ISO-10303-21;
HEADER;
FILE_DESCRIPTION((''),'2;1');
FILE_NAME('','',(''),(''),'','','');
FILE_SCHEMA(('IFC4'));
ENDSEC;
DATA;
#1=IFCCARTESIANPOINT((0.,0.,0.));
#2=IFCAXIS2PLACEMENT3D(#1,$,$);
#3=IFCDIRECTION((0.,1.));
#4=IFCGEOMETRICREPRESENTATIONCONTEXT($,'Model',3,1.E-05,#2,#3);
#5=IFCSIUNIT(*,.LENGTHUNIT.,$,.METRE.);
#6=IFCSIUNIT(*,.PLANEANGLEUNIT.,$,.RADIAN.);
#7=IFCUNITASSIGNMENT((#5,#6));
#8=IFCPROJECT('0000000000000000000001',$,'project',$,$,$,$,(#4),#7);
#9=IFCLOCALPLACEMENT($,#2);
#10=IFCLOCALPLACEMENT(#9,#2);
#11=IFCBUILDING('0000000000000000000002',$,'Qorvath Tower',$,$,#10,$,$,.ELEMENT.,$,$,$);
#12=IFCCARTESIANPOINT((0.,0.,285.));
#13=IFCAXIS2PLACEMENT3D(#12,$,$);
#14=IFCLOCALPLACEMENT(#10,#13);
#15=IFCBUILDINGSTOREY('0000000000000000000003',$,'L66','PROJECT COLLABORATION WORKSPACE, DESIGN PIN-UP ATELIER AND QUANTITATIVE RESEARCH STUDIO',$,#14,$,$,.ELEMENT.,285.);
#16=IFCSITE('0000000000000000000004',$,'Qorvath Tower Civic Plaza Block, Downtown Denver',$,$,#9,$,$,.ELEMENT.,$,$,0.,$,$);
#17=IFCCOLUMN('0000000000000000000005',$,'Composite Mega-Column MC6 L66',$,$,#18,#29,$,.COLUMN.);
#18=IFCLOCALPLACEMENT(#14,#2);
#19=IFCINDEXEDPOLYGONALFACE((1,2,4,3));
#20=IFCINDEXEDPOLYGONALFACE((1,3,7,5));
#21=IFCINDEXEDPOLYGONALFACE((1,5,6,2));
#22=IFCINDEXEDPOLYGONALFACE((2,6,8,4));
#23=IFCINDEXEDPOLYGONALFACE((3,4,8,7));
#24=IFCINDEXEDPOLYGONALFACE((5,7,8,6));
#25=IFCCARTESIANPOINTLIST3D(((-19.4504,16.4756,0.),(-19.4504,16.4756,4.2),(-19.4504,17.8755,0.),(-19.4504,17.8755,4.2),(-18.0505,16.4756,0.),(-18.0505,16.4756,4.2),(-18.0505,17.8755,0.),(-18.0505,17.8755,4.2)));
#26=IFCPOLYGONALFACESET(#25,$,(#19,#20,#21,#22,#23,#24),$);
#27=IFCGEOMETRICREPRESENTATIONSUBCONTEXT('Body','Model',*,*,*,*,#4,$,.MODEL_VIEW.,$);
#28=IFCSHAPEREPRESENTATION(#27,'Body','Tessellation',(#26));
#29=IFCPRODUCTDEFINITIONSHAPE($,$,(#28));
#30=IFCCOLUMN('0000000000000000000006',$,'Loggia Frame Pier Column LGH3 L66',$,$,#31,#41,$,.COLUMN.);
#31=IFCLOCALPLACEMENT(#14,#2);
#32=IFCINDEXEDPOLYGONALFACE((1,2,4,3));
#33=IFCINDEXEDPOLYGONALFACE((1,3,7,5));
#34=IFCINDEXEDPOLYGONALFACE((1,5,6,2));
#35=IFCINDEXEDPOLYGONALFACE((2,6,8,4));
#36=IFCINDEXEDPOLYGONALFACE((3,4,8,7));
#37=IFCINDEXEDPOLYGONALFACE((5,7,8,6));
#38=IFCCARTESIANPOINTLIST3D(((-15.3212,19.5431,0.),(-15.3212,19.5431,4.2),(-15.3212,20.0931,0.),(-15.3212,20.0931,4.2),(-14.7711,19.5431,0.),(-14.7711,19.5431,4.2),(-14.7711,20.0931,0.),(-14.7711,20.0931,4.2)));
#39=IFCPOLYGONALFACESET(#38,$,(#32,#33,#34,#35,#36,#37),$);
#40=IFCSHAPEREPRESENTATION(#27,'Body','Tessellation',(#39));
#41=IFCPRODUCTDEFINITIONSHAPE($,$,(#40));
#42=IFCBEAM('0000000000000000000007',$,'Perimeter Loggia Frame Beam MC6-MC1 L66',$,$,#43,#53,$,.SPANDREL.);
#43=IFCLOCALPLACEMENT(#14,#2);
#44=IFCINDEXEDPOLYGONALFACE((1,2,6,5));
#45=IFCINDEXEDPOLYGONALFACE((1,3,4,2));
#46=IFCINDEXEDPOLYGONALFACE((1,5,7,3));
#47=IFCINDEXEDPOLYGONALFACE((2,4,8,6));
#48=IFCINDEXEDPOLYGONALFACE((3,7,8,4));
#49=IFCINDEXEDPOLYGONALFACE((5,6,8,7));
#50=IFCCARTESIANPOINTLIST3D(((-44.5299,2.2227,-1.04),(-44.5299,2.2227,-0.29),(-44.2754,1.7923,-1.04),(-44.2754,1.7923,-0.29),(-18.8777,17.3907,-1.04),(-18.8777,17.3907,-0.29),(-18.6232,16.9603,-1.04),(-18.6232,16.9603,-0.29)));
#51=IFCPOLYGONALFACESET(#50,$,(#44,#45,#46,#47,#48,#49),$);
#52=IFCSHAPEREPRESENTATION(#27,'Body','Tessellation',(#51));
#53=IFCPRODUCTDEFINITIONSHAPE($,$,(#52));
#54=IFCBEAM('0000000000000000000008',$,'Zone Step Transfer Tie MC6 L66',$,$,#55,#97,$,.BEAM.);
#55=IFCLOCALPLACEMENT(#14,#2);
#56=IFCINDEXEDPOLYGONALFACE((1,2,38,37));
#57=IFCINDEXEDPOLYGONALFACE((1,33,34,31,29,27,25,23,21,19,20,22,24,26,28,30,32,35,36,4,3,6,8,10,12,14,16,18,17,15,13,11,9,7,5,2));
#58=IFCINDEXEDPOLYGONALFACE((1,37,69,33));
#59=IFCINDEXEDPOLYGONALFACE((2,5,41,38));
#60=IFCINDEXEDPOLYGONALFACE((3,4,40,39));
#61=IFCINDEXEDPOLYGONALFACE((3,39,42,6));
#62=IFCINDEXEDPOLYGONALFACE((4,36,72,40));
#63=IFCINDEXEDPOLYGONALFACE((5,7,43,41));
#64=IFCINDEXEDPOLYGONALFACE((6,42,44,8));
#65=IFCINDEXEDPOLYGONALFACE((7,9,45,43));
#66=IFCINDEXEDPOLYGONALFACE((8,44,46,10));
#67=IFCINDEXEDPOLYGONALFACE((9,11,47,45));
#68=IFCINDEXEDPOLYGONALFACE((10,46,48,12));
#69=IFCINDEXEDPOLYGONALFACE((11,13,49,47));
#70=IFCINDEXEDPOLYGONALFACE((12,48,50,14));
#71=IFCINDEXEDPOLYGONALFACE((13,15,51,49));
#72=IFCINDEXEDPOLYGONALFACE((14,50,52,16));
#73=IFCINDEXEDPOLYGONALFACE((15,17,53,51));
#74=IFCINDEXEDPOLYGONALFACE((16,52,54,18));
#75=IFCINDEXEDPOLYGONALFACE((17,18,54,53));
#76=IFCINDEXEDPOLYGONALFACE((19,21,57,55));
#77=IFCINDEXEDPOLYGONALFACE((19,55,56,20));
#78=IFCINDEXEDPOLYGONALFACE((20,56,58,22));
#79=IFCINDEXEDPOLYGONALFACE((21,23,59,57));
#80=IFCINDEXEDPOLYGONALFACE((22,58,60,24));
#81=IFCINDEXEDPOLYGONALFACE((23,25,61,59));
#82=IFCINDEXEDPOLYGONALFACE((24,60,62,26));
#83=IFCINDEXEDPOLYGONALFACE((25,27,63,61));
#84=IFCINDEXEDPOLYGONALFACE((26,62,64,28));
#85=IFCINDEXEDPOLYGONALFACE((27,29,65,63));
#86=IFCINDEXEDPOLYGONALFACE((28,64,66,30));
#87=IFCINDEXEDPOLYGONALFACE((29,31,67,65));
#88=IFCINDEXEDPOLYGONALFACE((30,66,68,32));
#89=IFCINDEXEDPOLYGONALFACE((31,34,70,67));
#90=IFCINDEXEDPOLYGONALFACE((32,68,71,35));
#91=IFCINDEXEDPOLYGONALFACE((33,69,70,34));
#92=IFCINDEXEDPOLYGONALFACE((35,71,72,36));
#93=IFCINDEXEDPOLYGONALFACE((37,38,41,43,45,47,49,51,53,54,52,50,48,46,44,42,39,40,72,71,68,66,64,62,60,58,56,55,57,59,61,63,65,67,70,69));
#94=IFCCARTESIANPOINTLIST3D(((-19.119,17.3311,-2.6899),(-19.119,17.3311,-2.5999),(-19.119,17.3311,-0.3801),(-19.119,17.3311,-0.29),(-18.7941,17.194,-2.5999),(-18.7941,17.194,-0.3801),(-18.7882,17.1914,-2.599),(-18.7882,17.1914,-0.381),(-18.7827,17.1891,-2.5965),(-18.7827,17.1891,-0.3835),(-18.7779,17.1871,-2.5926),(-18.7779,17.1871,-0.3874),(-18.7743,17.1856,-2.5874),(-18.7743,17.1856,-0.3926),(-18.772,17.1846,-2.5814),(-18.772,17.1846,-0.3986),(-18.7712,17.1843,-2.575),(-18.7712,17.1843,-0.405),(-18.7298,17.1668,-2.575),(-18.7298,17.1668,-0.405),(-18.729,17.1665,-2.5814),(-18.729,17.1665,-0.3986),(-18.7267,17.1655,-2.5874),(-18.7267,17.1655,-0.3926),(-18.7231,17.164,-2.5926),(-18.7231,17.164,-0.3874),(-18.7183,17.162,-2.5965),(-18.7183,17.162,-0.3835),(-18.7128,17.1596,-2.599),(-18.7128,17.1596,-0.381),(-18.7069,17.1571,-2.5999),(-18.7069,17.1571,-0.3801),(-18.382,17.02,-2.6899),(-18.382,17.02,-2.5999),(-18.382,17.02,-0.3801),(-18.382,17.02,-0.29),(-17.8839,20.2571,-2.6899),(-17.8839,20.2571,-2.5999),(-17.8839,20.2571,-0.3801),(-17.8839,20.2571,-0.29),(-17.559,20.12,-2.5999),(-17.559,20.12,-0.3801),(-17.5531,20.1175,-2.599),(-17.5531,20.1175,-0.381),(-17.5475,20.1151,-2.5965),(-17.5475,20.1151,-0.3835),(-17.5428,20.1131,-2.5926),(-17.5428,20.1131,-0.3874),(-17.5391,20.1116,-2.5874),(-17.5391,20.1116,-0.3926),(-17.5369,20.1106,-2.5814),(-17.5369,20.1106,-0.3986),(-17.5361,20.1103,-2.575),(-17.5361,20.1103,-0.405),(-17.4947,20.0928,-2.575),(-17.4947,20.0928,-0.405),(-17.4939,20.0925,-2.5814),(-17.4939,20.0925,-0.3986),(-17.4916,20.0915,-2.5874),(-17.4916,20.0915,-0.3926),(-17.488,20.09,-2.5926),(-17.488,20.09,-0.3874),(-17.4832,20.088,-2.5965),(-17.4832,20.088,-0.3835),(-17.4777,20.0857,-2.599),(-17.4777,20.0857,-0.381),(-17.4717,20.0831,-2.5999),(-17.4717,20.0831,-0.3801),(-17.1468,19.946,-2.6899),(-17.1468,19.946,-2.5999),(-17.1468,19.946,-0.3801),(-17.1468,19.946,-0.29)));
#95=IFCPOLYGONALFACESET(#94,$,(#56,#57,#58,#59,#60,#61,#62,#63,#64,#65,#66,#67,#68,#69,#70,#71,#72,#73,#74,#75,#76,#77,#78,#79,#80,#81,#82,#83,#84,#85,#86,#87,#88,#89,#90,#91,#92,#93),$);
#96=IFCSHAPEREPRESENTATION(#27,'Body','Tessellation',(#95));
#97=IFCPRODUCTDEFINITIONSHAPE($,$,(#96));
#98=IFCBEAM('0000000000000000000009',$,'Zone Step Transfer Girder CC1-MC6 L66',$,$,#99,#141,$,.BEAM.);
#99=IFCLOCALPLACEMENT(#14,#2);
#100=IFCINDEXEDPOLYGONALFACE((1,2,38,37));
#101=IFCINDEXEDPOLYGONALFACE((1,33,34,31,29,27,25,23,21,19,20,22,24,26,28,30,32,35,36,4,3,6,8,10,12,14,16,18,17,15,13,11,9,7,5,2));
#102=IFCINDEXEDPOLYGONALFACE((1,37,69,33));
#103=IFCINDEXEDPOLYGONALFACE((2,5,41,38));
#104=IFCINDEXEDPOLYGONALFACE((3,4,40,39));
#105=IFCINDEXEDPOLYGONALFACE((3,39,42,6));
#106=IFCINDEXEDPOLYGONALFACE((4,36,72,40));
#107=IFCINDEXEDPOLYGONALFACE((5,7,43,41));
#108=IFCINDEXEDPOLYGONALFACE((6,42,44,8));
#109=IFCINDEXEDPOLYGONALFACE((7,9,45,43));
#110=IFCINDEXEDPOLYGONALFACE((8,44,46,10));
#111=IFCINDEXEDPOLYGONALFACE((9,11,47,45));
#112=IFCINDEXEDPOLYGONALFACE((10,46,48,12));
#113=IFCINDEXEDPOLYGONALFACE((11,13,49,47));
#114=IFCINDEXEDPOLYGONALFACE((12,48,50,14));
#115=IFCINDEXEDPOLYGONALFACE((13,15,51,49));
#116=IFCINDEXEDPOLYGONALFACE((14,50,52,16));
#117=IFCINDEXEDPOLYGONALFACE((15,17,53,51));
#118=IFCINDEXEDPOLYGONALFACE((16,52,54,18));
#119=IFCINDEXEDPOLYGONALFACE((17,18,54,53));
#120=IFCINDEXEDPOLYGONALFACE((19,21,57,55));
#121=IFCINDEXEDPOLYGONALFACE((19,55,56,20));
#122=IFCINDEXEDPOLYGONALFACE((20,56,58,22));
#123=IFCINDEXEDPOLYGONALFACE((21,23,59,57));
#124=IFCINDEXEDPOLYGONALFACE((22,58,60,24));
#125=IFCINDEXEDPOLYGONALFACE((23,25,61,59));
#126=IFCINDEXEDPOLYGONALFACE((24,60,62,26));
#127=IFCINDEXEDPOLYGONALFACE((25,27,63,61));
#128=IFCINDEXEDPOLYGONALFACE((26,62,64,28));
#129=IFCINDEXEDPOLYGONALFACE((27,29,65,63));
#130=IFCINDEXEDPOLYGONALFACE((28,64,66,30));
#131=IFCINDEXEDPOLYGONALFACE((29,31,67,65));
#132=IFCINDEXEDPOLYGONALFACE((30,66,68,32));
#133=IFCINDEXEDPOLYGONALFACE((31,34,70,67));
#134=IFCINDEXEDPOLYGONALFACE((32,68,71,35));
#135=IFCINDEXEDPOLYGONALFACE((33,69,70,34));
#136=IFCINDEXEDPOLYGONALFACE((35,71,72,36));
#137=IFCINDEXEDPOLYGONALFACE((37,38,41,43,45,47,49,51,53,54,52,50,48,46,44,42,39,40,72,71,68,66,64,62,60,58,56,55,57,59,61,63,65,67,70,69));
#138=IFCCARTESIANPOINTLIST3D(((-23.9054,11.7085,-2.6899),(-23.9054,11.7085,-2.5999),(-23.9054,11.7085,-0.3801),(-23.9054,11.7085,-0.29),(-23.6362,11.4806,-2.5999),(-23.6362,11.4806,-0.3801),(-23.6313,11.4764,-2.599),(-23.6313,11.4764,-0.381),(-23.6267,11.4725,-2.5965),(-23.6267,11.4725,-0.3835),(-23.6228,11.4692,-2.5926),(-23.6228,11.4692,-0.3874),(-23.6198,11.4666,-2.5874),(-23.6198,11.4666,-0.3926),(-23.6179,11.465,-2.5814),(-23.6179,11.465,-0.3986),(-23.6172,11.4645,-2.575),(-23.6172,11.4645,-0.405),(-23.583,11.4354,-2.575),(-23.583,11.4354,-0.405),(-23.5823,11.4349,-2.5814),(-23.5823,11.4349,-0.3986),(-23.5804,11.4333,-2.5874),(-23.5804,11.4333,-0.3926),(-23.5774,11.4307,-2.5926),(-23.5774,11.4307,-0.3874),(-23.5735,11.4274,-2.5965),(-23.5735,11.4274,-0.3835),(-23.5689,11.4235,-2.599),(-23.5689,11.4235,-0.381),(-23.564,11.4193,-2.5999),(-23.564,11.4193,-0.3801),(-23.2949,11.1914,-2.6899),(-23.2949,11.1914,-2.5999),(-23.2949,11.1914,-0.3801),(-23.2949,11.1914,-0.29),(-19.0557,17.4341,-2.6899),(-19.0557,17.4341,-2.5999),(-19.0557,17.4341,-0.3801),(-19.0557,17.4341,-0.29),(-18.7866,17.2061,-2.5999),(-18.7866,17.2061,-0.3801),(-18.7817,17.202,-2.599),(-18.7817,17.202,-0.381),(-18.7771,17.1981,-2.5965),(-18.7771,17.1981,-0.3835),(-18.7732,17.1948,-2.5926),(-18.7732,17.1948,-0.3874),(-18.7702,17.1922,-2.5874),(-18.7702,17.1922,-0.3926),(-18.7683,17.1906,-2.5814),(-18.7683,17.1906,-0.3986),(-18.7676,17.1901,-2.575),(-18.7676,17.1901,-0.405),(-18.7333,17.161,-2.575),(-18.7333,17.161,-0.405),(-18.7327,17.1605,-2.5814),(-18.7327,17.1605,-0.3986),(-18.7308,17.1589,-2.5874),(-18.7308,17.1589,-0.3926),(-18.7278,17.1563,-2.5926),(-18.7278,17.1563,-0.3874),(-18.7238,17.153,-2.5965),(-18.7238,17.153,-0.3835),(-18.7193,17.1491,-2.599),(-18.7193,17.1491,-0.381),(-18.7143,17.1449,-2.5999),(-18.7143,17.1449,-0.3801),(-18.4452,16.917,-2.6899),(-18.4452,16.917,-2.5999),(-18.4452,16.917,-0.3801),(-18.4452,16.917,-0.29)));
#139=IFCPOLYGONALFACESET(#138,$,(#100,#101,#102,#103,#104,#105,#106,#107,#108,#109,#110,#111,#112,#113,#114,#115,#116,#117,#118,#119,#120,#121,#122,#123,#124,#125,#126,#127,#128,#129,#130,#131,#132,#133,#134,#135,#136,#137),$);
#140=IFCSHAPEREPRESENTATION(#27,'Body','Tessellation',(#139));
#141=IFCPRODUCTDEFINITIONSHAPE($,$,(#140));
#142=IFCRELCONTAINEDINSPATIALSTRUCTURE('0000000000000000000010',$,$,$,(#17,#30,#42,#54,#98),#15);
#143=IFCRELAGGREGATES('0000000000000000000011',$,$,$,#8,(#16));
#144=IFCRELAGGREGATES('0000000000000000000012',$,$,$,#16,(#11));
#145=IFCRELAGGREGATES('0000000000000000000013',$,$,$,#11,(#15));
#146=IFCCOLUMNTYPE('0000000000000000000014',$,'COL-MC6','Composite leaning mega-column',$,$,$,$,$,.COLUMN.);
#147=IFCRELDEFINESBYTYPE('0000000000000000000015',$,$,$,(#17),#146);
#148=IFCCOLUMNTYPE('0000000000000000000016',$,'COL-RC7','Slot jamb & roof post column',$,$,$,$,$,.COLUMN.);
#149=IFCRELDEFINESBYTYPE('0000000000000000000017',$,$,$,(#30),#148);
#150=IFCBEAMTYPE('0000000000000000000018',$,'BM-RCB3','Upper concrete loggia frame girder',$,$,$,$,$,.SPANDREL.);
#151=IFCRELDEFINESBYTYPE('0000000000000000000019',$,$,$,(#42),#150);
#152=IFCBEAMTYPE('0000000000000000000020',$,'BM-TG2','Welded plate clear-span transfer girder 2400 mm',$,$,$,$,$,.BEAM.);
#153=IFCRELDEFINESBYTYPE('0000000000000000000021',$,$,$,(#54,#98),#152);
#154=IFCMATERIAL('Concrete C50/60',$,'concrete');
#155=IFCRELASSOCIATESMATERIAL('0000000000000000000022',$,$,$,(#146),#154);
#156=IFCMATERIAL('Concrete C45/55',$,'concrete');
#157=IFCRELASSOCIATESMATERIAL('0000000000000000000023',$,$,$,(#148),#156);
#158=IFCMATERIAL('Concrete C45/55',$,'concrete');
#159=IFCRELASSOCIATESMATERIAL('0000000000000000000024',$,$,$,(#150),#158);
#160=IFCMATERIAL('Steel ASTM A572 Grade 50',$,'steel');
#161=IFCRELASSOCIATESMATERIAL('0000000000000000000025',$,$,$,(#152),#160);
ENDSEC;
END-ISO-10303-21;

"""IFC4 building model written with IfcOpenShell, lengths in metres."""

from ifc_helpers import new_model, si_unit, direction, frame, origin, origin_2d, place, context, subcontext, project, spatial, rectangle, i_section, extrude, material, material_profile, profile_set, type_object, element, save


model = new_model("IFC4")

# Units and contexts
model_context = context("Model", 3, precision=1e-05, world=origin(), true_north=direction((0.0, 1.0)))
body_context = subcontext(model_context, "Body", "Model", "MODEL_VIEW")
ifc_project = project(units=[si_unit("LENGTHUNIT", "METRE"), si_unit("PLANEANGLEUNIT", "RADIAN")], contexts=[model_context])

# Site, building, storey
site_placement = place(None, origin())
site = spatial("IfcSite", under=ifc_project, at=site_placement, Name="Qorvath Tower Civic Plaza Block, Downtown Denver", CompositionType="ELEMENT", RefElevation=0.0)
building_placement = place(site_placement, origin())
building = spatial("IfcBuilding", under=site, at=building_placement, Name="Qorvath Tower", CompositionType="ELEMENT")
storey_placement = place(building_placement, frame((0.0, 0.0, 285.0)))
storey = spatial("IfcBuildingStorey", under=building, at=storey_placement, Name="L66", Description="PROJECT COLLABORATION WORKSPACE, DESIGN PIN-UP ATELIER AND QUANTITATIVE RESEARCH STUDIO", CompositionType="ELEMENT", Elevation=285.0)

# Columns
ifc_material_1 = material(Name="Concrete C50/60", Category="concrete")
ifc_material_profile_1 = material_profile(ifc_material_1, rectangle(XDim=1.3999, YDim=1.3999, at=origin_2d()), Name="MC 1400x1400")
ifc_profile_set_1 = profile_set([ifc_material_profile_1], Name="Concrete C50/60")
column_type_1 = type_object("IfcColumnType", Name="COL-MC6", Description="Composite leaning mega-column", PredefinedType="COLUMN", material=ifc_profile_set_1)
column_1_placement = place(storey_placement, frame((-18.7505, 17.1755, 0.0), z_axis=(0.0, 0.0, 1.0), x_axis=(1.0, 0.0, 0.0)))
element("IfcColumn", 1, at=column_1_placement, inside=storey, type_object=column_type_1, Name="Composite Mega-Column MC6 L66", PredefinedType="COLUMN", context=body_context, shape_type="SweptSolid", body=[
    extrude(rectangle(XDim=1.3999, YDim=1.3999, at=origin_2d()), origin(), (0.0, 0.0, 1.0), 4.2),
])
ifc_material_2 = material(Name="Concrete C45/55", Category="concrete")
ifc_material_profile_2 = material_profile(ifc_material_2, rectangle(XDim=0.55, YDim=0.55, at=origin_2d()), Name="RC 550x550")
ifc_profile_set_2 = profile_set([ifc_material_profile_2], Name="Concrete C45/55")
column_type_2 = type_object("IfcColumnType", Name="COL-RC7", Description="Slot jamb & roof post column", PredefinedType="COLUMN", material=ifc_profile_set_2)
column_2_placement = place(storey_placement, frame((-15.0461, 19.8181, 0.0), z_axis=(0.0, 0.0, 1.0), x_axis=(1.0, 0.0, 0.0)))
element("IfcColumn", 2, at=column_2_placement, inside=storey, type_object=column_type_2, Name="Loggia Frame Pier Column LGH3 L66", PredefinedType="COLUMN", context=body_context, shape_type="SweptSolid", body=[
    extrude(rectangle(XDim=0.55, YDim=0.55, at=origin_2d()), origin(), (0.0, 0.0, 1.0), 4.2),
])

# Beams
ifc_material_3 = material(Name="Concrete C45/55", Category="concrete")
ifc_material_profile_3 = material_profile(ifc_material_3, rectangle(XDim=0.5, YDim=0.75, at=origin_2d()), Name="RCB 750x500")
ifc_profile_set_3 = profile_set([ifc_material_profile_3], Name="Concrete C45/55")
beam_type_1 = type_object("IfcBeamType", Name="BM-RCB3", Description="Upper concrete loggia frame girder", PredefinedType="SPANDREL", material=ifc_profile_set_3)
beam_1_placement = place(storey_placement, frame((-18.7505, 17.1755, -0.665), z_axis=(-0.860781, -0.508976, 0.0), x_axis=(0.508976, -0.860781, 0.0)))
element("IfcBeam", 3, at=beam_1_placement, inside=storey, type_object=beam_type_1, Name="Perimeter Loggia Frame Beam MC6-MC1 L66", PredefinedType="SPANDREL", context=body_context, shape_type="SweptSolid", body=[
    extrude(rectangle(XDim=0.5, YDim=0.75, at=origin_2d()), origin(), (0.0, 0.0, 1.0), 29.801),
])
ifc_material_4 = material(Name="Steel ASTM A572 Grade 50", Category="steel")
ifc_material_profile_4 = material_profile(ifc_material_4, i_section(OverallWidth=0.8, OverallDepth=2.3999, WebThickness=0.0449, FlangeThickness=0.0901, FilletRadius=0.0249, at=origin_2d()), Name="WTG 2400x800")
ifc_profile_set_4 = profile_set([ifc_material_profile_4], Name="Steel ASTM A572 Grade 50")
beam_type_2 = type_object("IfcBeamType", Name="BM-TG2", Description="Welded plate clear-span transfer girder 2400 mm", PredefinedType="BEAM", material=ifc_profile_set_4)
beam_2_placement = place(storey_placement, frame((-17.5154, 20.1016, -1.49), z_axis=(-0.388885, -0.921286, 0.0), x_axis=(0.921286, -0.388885, 0.0)))
element("IfcBeam", 4, at=beam_2_placement, inside=storey, type_object=beam_type_2, Name="Zone Step Transfer Tie MC6 L66", PredefinedType="BEAM", context=body_context, shape_type="SweptSolid", body=[
    extrude(i_section(OverallWidth=0.8, OverallDepth=2.3999, WebThickness=0.0449, FlangeThickness=0.0901, FilletRadius=0.0249, at=origin_2d()), origin(), (0.0, 0.0, 1.0), 3.176),
])
beam_3_placement = place(storey_placement, frame((-18.7505, 17.1755, -1.49), z_axis=(-0.646321, -0.763065, 0.0), x_axis=(0.763065, -0.646321, 0.0)))
element("IfcBeam", 5, at=beam_3_placement, inside=storey, type_object=beam_type_2, Name="Zone Step Transfer Girder CC1-MC6 L66", PredefinedType="BEAM", context=body_context, shape_type="SweptSolid", body=[
    extrude(i_section(OverallWidth=0.8, OverallDepth=2.3999, WebThickness=0.0449, FlangeThickness=0.0901, FilletRadius=0.0249, at=origin_2d()), origin(), (0.0, 0.0, 1.0), 7.5034),
])

save(model, "model.ifc")
